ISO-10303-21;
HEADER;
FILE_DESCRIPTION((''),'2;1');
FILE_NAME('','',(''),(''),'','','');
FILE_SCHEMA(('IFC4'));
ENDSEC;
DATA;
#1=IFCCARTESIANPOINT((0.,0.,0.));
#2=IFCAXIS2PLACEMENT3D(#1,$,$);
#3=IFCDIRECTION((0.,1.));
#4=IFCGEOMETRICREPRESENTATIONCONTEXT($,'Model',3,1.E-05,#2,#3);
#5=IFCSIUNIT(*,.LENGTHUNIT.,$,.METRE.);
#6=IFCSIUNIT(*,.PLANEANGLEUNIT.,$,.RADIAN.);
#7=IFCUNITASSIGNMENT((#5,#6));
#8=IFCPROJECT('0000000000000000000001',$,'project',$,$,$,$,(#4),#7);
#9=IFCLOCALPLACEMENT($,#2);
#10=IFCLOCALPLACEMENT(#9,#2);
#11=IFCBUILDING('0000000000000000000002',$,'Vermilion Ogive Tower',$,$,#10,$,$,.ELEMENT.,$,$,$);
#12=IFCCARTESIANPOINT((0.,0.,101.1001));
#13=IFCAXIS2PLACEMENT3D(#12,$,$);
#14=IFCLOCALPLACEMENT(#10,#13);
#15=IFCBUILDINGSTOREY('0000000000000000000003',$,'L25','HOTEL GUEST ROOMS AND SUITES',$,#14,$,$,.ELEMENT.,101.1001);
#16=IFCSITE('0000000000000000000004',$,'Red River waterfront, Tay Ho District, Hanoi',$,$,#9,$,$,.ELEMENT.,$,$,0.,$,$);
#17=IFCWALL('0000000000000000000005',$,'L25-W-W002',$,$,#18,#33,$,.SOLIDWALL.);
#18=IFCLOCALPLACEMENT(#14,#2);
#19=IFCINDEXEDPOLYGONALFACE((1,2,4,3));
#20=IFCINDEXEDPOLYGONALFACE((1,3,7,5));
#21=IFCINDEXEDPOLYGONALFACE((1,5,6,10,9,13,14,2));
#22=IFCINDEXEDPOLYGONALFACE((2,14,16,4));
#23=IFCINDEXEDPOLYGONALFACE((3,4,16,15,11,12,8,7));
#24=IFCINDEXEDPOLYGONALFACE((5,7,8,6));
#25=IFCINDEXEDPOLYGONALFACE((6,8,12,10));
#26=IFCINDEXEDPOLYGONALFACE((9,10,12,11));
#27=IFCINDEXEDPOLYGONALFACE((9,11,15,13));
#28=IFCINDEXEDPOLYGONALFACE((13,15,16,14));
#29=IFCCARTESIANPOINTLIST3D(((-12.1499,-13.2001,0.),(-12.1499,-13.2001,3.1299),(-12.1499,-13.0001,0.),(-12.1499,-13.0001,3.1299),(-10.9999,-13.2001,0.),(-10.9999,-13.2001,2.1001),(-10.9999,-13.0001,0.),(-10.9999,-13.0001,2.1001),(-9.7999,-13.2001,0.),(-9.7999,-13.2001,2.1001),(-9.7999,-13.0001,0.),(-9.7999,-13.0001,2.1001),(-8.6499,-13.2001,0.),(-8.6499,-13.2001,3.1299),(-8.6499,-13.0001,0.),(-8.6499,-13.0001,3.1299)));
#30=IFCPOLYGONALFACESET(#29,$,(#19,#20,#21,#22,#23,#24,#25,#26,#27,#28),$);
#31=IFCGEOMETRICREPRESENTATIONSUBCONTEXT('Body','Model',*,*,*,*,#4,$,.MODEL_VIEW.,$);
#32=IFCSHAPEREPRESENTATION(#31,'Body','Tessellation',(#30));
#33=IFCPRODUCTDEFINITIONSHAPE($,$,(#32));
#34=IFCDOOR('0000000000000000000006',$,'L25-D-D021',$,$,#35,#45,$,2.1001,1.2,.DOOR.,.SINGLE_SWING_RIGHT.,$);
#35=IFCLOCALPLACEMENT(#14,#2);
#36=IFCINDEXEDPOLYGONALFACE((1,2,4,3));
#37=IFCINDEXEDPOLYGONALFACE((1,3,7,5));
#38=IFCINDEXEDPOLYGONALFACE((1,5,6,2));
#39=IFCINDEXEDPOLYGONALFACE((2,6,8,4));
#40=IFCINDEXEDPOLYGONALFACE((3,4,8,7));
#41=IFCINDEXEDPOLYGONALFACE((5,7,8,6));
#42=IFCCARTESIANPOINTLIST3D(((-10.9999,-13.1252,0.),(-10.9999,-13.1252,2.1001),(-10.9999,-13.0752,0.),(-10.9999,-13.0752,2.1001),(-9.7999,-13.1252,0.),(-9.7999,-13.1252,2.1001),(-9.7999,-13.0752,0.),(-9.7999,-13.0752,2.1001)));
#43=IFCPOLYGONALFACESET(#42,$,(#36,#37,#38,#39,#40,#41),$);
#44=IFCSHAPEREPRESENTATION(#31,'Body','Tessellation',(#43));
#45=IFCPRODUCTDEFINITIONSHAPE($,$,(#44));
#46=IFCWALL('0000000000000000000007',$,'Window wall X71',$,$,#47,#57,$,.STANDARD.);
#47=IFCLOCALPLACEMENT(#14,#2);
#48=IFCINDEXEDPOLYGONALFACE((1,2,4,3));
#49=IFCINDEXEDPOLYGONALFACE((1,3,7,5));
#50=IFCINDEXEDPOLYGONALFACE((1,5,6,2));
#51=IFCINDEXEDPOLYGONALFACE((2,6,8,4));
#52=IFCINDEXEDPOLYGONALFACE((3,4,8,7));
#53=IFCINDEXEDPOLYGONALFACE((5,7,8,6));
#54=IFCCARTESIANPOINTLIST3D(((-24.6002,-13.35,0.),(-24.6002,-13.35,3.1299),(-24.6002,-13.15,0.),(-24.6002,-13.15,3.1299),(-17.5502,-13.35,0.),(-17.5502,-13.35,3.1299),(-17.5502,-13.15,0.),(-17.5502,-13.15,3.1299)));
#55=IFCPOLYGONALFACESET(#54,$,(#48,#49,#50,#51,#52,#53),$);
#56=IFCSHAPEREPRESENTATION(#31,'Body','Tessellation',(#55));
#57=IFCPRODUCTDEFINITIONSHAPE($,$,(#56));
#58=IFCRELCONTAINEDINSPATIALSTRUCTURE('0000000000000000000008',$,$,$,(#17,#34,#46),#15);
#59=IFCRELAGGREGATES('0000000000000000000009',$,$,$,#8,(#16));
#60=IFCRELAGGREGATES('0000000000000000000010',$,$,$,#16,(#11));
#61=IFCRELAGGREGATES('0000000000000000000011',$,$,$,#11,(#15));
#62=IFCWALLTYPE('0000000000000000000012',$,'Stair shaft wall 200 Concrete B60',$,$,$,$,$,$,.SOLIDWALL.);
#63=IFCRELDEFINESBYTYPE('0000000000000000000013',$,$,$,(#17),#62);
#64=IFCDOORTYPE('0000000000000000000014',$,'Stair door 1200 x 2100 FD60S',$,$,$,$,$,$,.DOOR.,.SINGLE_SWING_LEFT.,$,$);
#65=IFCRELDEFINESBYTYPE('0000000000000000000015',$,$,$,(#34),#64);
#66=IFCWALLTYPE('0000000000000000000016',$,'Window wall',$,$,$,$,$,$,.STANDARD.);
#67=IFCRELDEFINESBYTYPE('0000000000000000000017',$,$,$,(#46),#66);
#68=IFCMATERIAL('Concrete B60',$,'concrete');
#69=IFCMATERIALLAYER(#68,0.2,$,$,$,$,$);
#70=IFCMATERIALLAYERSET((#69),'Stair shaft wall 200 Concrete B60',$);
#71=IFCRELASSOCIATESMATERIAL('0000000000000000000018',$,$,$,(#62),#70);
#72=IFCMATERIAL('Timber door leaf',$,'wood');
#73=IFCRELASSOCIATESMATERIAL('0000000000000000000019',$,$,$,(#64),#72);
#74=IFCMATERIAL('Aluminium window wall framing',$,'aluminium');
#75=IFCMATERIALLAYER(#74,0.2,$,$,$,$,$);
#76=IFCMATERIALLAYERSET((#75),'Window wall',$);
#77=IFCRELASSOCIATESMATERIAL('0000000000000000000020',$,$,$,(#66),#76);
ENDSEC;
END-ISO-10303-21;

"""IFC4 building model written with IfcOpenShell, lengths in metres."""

from ifc_helpers import new_model, si_unit, direction, frame, frame_2d, origin, place, context, subcontext, project, spatial, rectangle, extrude, material, layer, layer_set, type_object, element, fill, save


model = new_model("IFC4")

# Units and contexts
model_context = context("Model", 3, precision=1e-05, world=origin(), true_north=direction((0.0, 1.0)))
body_context = subcontext(model_context, "Body", "Model", "MODEL_VIEW")
ifc_project = project(units=[si_unit("LENGTHUNIT", "METRE"), si_unit("PLANEANGLEUNIT", "RADIAN")], contexts=[model_context])

# Site, building, storey
site_placement = place(None, origin())
site = spatial("IfcSite", under=ifc_project, at=site_placement, Name="Red River waterfront, Tay Ho District, Hanoi", CompositionType="ELEMENT", RefElevation=0.0)
building_placement = place(site_placement, origin())
building = spatial("IfcBuilding", under=site, at=building_placement, Name="Vermilion Ogive Tower", CompositionType="ELEMENT")
storey_placement = place(building_placement, frame((0.0, 0.0, 101.1001)))
storey = spatial("IfcBuildingStorey", under=building, at=storey_placement, Name="L25", Description="HOTEL GUEST ROOMS AND SUITES", CompositionType="ELEMENT", Elevation=101.1001)

# Wall, opening, door
ifc_material_1 = material(Name="Concrete B60", Category="concrete")
ifc_layer_1 = layer(ifc_material_1, 0.2)
ifc_layer_set_1 = layer_set([ifc_layer_1], Name="Stair shaft wall 200 Concrete B60")
wall_type_1 = type_object("IfcWallType", Name="Stair shaft wall 200 Concrete B60", PredefinedType="SOLIDWALL", material=ifc_layer_set_1)
wall_1_placement = place(storey_placement, frame((-12.1499, -13.1001, 0.0), z_axis=(0.0, 0.0, 1.0), x_axis=(1.0, 0.0, 0.0)))
wall_1 = element("IfcWall", 1, at=wall_1_placement, inside=storey, type_object=wall_type_1, Name="L25-W-W002", PredefinedType="SOLIDWALL", context=body_context, shape_type="SweptSolid", body=[
    extrude(rectangle(XDim=3.5, YDim=0.2, at=frame_2d((1.75, 0.0))), origin(), (0.0, 0.0, 1.0), 3.1299),
])
opening_1_placement = place(wall_1_placement, frame((1.1499, 0.0, 0.0)))
opening_1 = element("IfcOpeningElement", 2, at=opening_1_placement, cuts=wall_1, PredefinedType="OPENING", context=body_context, shape_type="SweptSolid", body=[
    extrude(rectangle(XDim=1.2, YDim=2.1001, at=frame_2d((0.6001, 1.05))), frame((0.0, 0.1099, 0.0), z_axis=(0.0, -1.0, 0.0), x_axis=(1.0, 0.0, 0.0)), (0.0, 0.0, 1.0), 0.22),
])
ifc_material_2 = material(Name="Timber door leaf", Category="wood")
door_type_1 = type_object("IfcDoorType", Name="Stair door 1200 x 2100 FD60S", OperationType="SINGLE_SWING_LEFT", PredefinedType="DOOR", material=ifc_material_2)
door_1_placement = place(opening_1_placement, origin())
door_1 = element("IfcDoor", 3, at=door_1_placement, inside=storey, type_object=door_type_1, Name="L25-D-D021", OperationType="SINGLE_SWING_RIGHT", OverallHeight=2.1001, OverallWidth=1.2, PredefinedType="DOOR", context=body_context, shape_type="SweptSolid", body=[
    extrude(rectangle(XDim=1.2, YDim=2.1001, at=frame_2d((0.6001, 1.05))), frame((0.0, 0.0249, 0.0), z_axis=(0.0, -1.0, 0.0), x_axis=(1.0, 0.0, 0.0)), (0.0, 0.0, 1.0), 0.05),
])
fill(opening_1, door_1)

# Wall
ifc_material_3 = material(Name="Aluminium window wall framing", Category="aluminium")
ifc_layer_2 = layer(ifc_material_3, 0.2)
ifc_layer_set_2 = layer_set([ifc_layer_2], Name="Window wall")
wall_type_2 = type_object("IfcWallType", Name="Window wall", PredefinedType="STANDARD", material=ifc_layer_set_2)
wall_2_placement = place(storey_placement, frame((-24.6001, -13.25, 0.0), z_axis=(0.0, 0.0, 1.0), x_axis=(1.0, 0.0, 0.0)))
element("IfcWall", 4, at=wall_2_placement, inside=storey, type_object=wall_type_2, Name="Window wall X71", PredefinedType="STANDARD", context=body_context, shape_type="SweptSolid", body=[
    extrude(rectangle(XDim=7.05, YDim=0.2, at=frame_2d((3.5249, 0.0))), origin(), (0.0, 0.0, 1.0), 3.1299),
])

save(model, "model.ifc")
